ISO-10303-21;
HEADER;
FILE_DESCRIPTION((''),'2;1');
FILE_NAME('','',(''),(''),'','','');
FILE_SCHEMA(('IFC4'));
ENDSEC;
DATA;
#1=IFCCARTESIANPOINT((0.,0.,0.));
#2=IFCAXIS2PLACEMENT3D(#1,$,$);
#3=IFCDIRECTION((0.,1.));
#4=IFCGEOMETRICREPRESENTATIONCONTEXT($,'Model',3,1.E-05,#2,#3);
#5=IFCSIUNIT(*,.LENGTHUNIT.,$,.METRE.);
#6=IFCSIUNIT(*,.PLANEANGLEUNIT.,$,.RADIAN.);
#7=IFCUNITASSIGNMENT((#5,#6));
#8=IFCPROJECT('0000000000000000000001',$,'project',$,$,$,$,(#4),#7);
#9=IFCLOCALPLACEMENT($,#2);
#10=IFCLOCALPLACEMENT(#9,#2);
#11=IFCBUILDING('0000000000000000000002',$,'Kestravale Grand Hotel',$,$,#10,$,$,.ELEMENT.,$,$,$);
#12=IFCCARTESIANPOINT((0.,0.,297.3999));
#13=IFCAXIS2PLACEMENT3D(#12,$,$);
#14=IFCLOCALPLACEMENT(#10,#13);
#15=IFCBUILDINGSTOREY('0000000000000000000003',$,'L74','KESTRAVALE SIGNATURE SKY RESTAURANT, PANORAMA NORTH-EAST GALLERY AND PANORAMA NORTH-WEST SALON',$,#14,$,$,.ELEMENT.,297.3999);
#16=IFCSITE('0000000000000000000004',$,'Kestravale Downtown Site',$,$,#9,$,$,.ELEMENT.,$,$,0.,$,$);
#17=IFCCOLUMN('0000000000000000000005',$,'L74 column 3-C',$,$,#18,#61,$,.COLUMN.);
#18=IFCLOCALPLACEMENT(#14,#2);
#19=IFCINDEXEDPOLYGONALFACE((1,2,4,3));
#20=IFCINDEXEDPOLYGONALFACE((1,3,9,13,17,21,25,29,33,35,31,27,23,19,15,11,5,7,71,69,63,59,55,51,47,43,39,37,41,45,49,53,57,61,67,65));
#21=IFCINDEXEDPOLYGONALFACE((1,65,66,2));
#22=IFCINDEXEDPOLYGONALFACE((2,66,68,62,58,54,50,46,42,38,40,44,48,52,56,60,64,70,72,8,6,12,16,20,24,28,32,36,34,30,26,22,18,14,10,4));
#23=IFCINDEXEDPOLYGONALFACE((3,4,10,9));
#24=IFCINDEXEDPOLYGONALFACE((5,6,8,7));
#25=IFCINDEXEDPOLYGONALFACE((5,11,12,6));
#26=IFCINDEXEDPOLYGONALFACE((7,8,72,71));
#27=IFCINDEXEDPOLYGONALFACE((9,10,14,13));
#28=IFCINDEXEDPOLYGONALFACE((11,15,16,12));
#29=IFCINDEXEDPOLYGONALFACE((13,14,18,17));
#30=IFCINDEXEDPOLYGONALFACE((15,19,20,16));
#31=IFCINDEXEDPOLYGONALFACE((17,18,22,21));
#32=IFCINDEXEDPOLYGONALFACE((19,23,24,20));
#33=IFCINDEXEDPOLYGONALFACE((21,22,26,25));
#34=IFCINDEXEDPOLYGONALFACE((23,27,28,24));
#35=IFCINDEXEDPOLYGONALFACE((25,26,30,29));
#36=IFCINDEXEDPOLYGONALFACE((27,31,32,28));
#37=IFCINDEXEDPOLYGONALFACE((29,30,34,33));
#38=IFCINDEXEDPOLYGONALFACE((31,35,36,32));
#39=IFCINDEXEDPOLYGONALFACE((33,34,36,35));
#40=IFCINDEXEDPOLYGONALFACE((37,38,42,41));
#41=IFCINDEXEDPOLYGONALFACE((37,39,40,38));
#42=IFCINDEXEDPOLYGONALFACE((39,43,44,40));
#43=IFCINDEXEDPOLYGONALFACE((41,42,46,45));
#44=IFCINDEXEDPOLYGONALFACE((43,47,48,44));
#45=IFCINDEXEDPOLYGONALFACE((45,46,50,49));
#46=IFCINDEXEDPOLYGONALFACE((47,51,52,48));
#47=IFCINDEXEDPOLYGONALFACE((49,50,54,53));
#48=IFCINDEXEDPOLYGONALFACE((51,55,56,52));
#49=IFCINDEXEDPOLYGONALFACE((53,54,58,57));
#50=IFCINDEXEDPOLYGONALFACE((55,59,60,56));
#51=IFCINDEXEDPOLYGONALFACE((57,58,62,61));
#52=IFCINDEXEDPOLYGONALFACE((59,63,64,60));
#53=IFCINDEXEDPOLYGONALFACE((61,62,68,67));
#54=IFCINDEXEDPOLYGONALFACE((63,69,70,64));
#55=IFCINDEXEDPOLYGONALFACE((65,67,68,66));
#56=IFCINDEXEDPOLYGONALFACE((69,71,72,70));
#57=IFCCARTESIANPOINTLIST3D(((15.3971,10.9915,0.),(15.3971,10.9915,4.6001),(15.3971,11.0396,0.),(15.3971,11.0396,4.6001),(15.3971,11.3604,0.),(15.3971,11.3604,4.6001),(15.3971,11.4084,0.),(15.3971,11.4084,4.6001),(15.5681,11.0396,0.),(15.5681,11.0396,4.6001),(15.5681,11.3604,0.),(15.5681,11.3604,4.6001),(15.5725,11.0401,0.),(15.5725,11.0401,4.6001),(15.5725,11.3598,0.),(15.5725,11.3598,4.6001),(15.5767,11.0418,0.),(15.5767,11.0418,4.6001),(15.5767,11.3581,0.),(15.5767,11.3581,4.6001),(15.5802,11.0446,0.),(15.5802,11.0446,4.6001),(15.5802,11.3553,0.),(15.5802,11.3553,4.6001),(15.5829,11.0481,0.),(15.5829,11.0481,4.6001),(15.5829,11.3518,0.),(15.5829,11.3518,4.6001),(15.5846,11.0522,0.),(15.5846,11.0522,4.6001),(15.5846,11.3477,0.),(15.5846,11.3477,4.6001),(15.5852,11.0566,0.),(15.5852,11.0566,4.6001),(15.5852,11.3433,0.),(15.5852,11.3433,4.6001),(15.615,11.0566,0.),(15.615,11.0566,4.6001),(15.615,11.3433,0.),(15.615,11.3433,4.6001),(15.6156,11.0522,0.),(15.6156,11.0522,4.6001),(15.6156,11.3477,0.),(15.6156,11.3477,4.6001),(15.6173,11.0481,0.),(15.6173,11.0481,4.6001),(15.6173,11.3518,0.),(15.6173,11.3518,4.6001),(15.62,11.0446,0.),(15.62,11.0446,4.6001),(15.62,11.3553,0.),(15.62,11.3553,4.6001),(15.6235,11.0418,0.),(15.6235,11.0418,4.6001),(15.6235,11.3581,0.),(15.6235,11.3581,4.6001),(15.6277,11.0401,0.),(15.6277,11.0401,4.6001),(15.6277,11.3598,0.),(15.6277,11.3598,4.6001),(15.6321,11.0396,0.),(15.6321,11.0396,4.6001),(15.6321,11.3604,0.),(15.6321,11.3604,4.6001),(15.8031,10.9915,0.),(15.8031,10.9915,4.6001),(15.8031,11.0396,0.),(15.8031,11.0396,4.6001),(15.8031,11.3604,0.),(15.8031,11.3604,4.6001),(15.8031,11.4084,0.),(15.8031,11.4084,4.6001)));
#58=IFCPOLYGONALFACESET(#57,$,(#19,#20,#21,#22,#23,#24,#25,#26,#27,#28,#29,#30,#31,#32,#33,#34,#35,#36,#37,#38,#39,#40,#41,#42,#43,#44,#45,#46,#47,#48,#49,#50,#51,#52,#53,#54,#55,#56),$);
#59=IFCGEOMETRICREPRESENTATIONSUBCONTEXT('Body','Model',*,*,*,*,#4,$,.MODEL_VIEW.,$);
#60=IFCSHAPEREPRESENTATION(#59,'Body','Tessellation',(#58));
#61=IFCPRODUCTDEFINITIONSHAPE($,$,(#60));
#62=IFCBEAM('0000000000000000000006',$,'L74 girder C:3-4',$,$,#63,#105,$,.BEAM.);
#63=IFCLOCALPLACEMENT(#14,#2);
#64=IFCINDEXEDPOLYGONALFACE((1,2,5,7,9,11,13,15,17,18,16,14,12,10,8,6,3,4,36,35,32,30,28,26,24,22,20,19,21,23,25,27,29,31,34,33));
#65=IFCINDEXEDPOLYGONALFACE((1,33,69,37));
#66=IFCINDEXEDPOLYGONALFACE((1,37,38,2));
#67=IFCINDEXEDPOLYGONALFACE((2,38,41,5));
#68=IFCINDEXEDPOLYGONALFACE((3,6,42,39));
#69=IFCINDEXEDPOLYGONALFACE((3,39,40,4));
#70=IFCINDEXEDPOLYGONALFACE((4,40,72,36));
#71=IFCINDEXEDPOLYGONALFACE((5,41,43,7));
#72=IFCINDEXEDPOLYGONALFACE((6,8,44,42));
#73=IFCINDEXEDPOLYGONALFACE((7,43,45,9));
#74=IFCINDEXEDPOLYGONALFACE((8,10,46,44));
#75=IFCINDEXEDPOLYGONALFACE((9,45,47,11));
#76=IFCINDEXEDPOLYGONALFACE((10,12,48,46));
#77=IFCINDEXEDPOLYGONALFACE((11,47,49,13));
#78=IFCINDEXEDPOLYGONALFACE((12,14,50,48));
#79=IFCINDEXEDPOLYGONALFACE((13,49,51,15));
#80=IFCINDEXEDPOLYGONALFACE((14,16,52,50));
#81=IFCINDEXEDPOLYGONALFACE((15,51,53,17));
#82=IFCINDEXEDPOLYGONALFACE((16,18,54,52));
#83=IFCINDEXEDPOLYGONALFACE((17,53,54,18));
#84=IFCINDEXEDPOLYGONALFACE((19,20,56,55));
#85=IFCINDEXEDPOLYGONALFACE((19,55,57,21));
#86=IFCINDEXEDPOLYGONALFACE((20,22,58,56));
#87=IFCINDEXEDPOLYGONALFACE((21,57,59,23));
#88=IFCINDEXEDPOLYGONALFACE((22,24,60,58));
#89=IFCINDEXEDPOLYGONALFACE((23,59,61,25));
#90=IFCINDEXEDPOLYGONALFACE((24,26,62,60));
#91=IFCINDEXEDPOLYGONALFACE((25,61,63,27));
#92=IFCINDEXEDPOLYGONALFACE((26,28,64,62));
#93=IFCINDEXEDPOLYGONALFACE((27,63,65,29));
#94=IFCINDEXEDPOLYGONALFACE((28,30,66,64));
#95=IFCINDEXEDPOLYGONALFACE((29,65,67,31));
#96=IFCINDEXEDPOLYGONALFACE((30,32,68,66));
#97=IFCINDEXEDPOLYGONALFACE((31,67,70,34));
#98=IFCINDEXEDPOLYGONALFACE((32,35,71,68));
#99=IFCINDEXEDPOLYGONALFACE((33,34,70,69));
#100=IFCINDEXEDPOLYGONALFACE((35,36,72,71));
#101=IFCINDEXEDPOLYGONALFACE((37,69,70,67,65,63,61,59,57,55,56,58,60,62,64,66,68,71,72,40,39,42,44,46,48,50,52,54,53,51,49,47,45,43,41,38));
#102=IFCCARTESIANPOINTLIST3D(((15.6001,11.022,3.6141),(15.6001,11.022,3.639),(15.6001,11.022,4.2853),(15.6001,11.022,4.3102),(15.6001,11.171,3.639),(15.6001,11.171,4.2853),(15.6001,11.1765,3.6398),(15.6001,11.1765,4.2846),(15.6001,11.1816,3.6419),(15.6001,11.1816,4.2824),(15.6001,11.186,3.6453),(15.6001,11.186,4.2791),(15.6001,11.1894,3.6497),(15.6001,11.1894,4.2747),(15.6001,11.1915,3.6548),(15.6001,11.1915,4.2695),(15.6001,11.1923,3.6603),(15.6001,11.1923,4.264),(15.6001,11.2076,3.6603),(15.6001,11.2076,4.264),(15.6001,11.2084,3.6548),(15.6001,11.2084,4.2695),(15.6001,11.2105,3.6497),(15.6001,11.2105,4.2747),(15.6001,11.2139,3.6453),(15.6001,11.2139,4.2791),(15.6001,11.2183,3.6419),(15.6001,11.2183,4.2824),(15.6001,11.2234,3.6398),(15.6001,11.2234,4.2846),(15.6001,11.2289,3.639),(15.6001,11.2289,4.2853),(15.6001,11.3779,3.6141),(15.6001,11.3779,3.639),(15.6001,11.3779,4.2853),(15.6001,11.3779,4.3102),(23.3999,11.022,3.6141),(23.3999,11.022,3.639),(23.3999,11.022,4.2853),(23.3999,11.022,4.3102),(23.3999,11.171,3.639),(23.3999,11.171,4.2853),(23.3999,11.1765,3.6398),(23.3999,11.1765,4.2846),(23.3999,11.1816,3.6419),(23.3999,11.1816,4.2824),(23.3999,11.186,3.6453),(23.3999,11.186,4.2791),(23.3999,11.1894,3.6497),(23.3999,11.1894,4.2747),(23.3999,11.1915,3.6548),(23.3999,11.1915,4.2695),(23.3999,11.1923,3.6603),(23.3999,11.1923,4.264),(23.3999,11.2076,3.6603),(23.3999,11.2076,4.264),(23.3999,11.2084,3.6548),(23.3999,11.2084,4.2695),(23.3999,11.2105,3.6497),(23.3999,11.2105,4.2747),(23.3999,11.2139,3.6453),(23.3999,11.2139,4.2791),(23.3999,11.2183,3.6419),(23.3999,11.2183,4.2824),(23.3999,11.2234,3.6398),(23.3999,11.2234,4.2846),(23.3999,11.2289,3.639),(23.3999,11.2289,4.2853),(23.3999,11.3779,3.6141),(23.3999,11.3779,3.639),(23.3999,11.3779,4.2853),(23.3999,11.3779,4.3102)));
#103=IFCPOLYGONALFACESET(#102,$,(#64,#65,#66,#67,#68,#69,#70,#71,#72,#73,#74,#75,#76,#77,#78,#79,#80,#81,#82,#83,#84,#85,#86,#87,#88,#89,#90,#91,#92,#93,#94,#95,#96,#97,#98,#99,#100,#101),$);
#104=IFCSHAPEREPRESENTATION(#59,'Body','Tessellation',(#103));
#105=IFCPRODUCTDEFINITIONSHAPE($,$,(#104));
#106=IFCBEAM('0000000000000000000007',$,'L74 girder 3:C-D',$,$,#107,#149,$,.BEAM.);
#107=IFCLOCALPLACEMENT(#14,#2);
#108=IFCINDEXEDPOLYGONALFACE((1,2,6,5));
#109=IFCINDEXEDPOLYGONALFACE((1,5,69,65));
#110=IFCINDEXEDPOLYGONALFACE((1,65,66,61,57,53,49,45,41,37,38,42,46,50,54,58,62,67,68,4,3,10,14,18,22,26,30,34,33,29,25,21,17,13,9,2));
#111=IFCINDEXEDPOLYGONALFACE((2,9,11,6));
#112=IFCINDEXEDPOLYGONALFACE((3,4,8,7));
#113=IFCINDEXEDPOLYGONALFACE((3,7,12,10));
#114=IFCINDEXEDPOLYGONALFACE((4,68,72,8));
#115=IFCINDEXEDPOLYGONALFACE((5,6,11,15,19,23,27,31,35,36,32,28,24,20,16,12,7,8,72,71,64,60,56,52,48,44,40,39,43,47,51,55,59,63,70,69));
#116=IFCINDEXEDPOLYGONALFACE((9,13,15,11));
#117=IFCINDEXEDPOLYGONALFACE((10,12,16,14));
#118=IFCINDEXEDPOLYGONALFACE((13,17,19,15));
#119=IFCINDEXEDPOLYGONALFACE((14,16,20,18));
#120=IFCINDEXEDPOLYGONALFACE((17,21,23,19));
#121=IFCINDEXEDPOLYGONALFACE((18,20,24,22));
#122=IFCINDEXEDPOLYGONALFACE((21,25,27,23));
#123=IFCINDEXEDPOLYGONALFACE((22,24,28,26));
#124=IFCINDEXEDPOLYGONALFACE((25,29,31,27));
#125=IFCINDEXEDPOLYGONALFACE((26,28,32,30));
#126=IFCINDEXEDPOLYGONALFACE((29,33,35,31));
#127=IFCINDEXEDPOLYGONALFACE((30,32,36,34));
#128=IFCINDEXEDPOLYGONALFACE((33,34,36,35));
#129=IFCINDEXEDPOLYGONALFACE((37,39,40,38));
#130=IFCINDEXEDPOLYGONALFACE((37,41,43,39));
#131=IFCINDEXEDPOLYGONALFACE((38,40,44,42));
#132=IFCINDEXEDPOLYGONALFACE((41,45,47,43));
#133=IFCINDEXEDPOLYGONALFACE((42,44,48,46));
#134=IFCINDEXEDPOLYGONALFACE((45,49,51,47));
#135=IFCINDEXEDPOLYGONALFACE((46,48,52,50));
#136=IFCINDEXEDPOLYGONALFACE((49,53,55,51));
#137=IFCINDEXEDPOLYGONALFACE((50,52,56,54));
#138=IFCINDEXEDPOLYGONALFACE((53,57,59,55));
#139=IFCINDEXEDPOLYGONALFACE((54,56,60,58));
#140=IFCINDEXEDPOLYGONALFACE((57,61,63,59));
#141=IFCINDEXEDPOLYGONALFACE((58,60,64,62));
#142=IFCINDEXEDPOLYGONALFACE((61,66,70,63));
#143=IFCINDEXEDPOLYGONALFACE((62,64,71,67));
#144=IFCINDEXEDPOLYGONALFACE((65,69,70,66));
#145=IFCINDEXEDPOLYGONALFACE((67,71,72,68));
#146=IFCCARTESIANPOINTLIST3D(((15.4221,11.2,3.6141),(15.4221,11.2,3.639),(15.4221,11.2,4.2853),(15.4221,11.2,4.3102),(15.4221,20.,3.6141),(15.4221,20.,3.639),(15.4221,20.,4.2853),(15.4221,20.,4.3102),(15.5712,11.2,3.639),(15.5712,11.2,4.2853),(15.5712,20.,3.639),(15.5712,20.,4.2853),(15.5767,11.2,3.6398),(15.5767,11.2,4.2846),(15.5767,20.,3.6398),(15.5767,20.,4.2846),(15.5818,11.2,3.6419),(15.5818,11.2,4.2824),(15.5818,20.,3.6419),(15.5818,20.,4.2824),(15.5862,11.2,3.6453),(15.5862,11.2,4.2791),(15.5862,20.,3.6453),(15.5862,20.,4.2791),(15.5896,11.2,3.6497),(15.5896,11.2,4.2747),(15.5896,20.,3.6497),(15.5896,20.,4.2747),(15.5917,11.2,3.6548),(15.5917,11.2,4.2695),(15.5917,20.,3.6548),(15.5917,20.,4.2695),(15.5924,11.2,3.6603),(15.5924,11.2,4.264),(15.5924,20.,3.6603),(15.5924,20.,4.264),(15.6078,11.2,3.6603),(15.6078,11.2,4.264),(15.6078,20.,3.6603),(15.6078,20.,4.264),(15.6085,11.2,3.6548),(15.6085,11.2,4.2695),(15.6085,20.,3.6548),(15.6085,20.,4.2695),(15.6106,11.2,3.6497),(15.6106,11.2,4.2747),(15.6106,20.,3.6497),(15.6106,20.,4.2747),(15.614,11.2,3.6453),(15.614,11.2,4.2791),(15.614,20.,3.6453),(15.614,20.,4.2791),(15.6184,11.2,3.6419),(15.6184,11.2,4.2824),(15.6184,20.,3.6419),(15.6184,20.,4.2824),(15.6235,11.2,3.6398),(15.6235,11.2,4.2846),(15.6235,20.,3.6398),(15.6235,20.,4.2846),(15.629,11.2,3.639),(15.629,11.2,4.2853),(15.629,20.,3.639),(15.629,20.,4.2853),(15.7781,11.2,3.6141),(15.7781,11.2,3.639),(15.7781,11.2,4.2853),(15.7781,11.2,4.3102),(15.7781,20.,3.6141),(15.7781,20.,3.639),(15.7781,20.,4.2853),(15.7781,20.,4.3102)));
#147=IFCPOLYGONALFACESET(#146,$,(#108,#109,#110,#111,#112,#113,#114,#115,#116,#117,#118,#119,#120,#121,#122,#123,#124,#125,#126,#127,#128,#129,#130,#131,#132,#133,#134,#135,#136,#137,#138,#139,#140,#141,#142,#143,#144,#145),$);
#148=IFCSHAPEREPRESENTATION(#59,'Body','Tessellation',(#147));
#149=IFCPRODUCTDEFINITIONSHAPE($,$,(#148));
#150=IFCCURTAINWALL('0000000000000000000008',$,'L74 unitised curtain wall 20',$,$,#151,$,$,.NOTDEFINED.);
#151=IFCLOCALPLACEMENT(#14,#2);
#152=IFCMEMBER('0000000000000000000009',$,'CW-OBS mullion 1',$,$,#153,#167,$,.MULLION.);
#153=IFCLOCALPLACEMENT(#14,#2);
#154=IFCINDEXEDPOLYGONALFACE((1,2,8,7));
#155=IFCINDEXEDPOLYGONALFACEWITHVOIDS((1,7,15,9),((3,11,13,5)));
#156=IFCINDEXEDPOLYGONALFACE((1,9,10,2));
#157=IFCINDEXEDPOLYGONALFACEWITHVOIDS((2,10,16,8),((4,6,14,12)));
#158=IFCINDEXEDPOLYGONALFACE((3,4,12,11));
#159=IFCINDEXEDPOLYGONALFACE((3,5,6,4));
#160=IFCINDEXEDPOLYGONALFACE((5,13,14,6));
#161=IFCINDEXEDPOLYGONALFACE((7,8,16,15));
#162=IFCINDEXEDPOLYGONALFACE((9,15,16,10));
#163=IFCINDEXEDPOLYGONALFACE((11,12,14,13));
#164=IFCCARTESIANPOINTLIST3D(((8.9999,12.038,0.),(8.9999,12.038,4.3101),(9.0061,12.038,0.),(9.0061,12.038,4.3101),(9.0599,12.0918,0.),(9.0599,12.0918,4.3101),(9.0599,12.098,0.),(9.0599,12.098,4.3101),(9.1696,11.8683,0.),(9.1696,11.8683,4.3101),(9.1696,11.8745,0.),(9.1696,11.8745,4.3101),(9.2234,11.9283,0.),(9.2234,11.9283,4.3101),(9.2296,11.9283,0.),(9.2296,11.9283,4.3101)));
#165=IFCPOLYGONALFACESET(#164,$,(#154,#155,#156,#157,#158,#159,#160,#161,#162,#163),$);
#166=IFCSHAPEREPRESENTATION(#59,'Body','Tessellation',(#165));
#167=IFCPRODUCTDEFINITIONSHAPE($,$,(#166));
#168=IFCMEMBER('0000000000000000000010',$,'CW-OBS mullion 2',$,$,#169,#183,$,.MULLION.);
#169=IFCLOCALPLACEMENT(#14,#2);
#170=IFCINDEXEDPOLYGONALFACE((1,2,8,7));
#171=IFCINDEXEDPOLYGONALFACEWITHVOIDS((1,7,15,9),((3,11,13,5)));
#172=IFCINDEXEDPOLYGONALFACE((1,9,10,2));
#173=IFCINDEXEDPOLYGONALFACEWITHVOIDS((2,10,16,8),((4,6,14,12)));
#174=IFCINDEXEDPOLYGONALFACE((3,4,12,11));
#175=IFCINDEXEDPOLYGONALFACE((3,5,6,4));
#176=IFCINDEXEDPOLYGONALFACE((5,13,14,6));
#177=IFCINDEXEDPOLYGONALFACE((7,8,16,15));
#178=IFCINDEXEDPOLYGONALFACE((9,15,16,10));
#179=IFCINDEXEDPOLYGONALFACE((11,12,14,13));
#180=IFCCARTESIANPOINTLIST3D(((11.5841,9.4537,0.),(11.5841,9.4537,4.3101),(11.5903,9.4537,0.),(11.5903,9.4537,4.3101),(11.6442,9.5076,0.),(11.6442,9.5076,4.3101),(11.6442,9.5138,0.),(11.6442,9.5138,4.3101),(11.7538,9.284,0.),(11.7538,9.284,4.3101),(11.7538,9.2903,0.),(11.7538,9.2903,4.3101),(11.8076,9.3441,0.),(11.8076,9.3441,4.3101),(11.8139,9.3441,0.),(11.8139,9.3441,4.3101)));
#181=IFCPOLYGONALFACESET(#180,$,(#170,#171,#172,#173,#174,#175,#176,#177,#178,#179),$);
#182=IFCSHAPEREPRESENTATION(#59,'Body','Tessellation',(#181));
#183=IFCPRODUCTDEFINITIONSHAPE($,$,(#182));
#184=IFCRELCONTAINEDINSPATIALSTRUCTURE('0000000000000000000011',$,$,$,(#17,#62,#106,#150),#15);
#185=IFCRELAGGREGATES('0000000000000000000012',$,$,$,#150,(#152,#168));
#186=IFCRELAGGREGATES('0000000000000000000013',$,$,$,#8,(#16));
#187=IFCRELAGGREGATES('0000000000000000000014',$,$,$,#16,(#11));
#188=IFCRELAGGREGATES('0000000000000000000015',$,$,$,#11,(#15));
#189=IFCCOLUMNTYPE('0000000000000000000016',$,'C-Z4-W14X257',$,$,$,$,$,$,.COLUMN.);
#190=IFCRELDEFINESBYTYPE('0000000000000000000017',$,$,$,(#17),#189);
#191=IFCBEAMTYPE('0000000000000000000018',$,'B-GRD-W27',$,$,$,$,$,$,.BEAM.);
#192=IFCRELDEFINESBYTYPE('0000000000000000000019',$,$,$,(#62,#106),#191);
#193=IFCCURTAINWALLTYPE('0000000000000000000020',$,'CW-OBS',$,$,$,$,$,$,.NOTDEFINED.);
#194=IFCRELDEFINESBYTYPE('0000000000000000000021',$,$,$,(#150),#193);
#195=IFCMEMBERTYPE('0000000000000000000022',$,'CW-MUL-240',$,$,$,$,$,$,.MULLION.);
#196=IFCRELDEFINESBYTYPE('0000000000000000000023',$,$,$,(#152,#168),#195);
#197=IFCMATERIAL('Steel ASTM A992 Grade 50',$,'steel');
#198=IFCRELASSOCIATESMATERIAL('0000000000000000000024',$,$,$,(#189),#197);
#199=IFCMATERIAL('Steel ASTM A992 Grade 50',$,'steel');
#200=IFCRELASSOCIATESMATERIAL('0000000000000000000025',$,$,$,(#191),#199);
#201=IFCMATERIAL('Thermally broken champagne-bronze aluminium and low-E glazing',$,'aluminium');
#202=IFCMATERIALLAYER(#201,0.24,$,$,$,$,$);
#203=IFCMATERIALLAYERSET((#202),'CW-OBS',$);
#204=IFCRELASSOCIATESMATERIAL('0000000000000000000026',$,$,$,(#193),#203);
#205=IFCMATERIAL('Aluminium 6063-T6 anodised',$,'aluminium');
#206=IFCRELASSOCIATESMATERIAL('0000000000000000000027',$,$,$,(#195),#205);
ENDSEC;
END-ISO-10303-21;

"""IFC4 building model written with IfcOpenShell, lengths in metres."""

from ifc_helpers import new_model, si_unit, direction, frame, origin, origin_2d, place, context, subcontext, project, spatial, hollow_rectangle, i_section, extrude, material, layer, layer_set, material_profile, profile_set, type_object, element, aggregate, save


model = new_model("IFC4")

# Units and contexts
model_context = context("Model", 3, precision=1e-05, world=origin(), true_north=direction((0.0, 1.0)))
body_context = subcontext(model_context, "Body", "Model", "MODEL_VIEW")
ifc_project = project(units=[si_unit("LENGTHUNIT", "METRE"), si_unit("PLANEANGLEUNIT", "RADIAN")], contexts=[model_context])

# Site, building, storey
site_placement = place(None, origin())
site = spatial("IfcSite", under=ifc_project, at=site_placement, Name="Kestravale Downtown Site", CompositionType="ELEMENT", RefElevation=0.0)
building_placement = place(site_placement, origin())
building = spatial("IfcBuilding", under=site, at=building_placement, Name="Kestravale Grand Hotel", CompositionType="ELEMENT")
storey_placement = place(building_placement, frame((0.0, 0.0, 297.3999)))
storey = spatial("IfcBuildingStorey", under=building, at=storey_placement, Name="L74", Description="KESTRAVALE SIGNATURE SKY RESTAURANT, PANORAMA NORTH-EAST GALLERY AND PANORAMA NORTH-WEST SALON", CompositionType="ELEMENT", Elevation=297.3999)

# Column
ifc_material_1 = material(Name="Steel ASTM A992 Grade 50", Category="steel")
ifc_material_profile_1 = material_profile(ifc_material_1, i_section(OverallWidth=0.406, OverallDepth=0.417, WebThickness=0.0298, FlangeThickness=0.0481, FilletRadius=0.0171, at=origin_2d()))
ifc_profile_set_1 = profile_set([ifc_material_profile_1], Name="Steel ASTM A992 Grade 50")
column_type = type_object("IfcColumnType", Name="C-Z4-W14X257", PredefinedType="COLUMN", material=ifc_profile_set_1)
column_placement = place(storey_placement, frame((15.6001, 11.2, 0.0), z_axis=(0.0, 0.0, 1.0), x_axis=(1.0, 0.0, 0.0)))
element("IfcColumn", 1, at=column_placement, inside=storey, type_object=column_type, Name="L74 column 3-C", PredefinedType="COLUMN", context=body_context, shape_type="SweptSolid", body=[
    extrude(i_section(OverallWidth=0.406, OverallDepth=0.417, WebThickness=0.0298, FlangeThickness=0.0481, FilletRadius=0.0171, at=origin_2d()), origin(), (0.0, 0.0, 1.0), 4.6001),
])

# Beams
ifc_material_2 = material(Name="Steel ASTM A992 Grade 50", Category="steel")
ifc_material_profile_2 = material_profile(ifc_material_2, i_section(OverallWidth=0.356, OverallDepth=0.696, WebThickness=0.0154, FlangeThickness=0.0249, FilletRadius=0.0212, at=origin_2d()))
ifc_profile_set_2 = profile_set([ifc_material_profile_2], Name="Steel ASTM A992 Grade 50")
beam_type = type_object("IfcBeamType", Name="B-GRD-W27", PredefinedType="BEAM", material=ifc_profile_set_2)
beam_1_placement = place(storey_placement, frame((15.6001, 11.2, 3.9622), z_axis=(1.0, 0.0, 0.0), x_axis=(0.0, 1.0, 0.0)))
element("IfcBeam", 2, at=beam_1_placement, inside=storey, type_object=beam_type, Name="L74 girder C:3-4", PredefinedType="BEAM", context=body_context, shape_type="SweptSolid", body=[
    extrude(i_section(OverallWidth=0.356, OverallDepth=0.696, WebThickness=0.0154, FlangeThickness=0.0249, FilletRadius=0.0212, at=origin_2d()), origin(), (0.0, 0.0, 1.0), 7.7998),
])
beam_2_placement = place(storey_placement, frame((15.6001, 11.2, 3.9622), z_axis=(0.0, 1.0, 0.0), x_axis=(-1.0, 0.0, 0.0)))
element("IfcBeam", 3, at=beam_2_placement, inside=storey, type_object=beam_type, Name="L74 girder 3:C-D", PredefinedType="BEAM", context=body_context, shape_type="SweptSolid", body=[
    extrude(i_section(OverallWidth=0.356, OverallDepth=0.696, WebThickness=0.0154, FlangeThickness=0.0249, FilletRadius=0.0212, at=origin_2d()), origin(), (0.0, 0.0, 1.0), 8.8),
])

# Curtain wall, members
ifc_material_3 = material(Name="Thermally broken champagne-bronze aluminium and low-E glazing", Category="aluminium")
ifc_layer_1 = layer(ifc_material_3, 0.24)
ifc_layer_set_1 = layer_set([ifc_layer_1], Name="CW-OBS")
curtain_wall_type = type_object("IfcCurtainWallType", Name="CW-OBS", PredefinedType="NOTDEFINED", material=ifc_layer_set_1)
curtain_wall_placement = place(storey_placement, origin())
curtain_wall = element("IfcCurtainWall", 4, at=curtain_wall_placement, inside=storey, type_object=curtain_wall_type, Name="L74 unitised curtain wall 20", PredefinedType="NOTDEFINED")
ifc_material_4 = material(Name="Aluminium 6063-T6 anodised", Category="aluminium")
ifc_material_profile_3 = material_profile(ifc_material_4, hollow_rectangle(XDim=0.085, YDim=0.24, WallThickness=0.0044, at=origin_2d()))
ifc_profile_set_3 = profile_set([ifc_material_profile_3], Name="Aluminium 6063-T6 anodised")
member_type_1 = type_object("IfcMemberType", Name="CW-MUL-240", PredefinedType="MULLION", material=ifc_profile_set_3)
member_1_placement = place(storey_placement, frame((9.1147, 11.9832, 0.0), z_axis=(0.0, 0.0, 1.0), x_axis=(0.707107, 0.707107, 0.0)))
member_1 = element("IfcMember", 5, at=member_1_placement, type_object=member_type_1, Name="CW-OBS mullion 1", PredefinedType="MULLION", context=body_context, shape_type="SweptSolid", body=[
    extrude(hollow_rectangle(XDim=0.085, YDim=0.24, WallThickness=0.0044, at=origin_2d()), origin(), (0.0, 0.0, 1.0), 4.3101),
])
member_2_placement = place(storey_placement, frame((11.699, 9.3989, 0.0), z_axis=(0.0, 0.0, 1.0), x_axis=(0.707107, 0.707107, 0.0)))
member_2 = element("IfcMember", 6, at=member_2_placement, type_object=member_type_1, Name="CW-OBS mullion 2", PredefinedType="MULLION", context=body_context, shape_type="SweptSolid", body=[
    extrude(hollow_rectangle(XDim=0.085, YDim=0.24, WallThickness=0.0044, at=origin_2d()), origin(), (0.0, 0.0, 1.0), 4.3101),
])
aggregate(curtain_wall, [member_1, member_2])

save(model, "model.ifc")
